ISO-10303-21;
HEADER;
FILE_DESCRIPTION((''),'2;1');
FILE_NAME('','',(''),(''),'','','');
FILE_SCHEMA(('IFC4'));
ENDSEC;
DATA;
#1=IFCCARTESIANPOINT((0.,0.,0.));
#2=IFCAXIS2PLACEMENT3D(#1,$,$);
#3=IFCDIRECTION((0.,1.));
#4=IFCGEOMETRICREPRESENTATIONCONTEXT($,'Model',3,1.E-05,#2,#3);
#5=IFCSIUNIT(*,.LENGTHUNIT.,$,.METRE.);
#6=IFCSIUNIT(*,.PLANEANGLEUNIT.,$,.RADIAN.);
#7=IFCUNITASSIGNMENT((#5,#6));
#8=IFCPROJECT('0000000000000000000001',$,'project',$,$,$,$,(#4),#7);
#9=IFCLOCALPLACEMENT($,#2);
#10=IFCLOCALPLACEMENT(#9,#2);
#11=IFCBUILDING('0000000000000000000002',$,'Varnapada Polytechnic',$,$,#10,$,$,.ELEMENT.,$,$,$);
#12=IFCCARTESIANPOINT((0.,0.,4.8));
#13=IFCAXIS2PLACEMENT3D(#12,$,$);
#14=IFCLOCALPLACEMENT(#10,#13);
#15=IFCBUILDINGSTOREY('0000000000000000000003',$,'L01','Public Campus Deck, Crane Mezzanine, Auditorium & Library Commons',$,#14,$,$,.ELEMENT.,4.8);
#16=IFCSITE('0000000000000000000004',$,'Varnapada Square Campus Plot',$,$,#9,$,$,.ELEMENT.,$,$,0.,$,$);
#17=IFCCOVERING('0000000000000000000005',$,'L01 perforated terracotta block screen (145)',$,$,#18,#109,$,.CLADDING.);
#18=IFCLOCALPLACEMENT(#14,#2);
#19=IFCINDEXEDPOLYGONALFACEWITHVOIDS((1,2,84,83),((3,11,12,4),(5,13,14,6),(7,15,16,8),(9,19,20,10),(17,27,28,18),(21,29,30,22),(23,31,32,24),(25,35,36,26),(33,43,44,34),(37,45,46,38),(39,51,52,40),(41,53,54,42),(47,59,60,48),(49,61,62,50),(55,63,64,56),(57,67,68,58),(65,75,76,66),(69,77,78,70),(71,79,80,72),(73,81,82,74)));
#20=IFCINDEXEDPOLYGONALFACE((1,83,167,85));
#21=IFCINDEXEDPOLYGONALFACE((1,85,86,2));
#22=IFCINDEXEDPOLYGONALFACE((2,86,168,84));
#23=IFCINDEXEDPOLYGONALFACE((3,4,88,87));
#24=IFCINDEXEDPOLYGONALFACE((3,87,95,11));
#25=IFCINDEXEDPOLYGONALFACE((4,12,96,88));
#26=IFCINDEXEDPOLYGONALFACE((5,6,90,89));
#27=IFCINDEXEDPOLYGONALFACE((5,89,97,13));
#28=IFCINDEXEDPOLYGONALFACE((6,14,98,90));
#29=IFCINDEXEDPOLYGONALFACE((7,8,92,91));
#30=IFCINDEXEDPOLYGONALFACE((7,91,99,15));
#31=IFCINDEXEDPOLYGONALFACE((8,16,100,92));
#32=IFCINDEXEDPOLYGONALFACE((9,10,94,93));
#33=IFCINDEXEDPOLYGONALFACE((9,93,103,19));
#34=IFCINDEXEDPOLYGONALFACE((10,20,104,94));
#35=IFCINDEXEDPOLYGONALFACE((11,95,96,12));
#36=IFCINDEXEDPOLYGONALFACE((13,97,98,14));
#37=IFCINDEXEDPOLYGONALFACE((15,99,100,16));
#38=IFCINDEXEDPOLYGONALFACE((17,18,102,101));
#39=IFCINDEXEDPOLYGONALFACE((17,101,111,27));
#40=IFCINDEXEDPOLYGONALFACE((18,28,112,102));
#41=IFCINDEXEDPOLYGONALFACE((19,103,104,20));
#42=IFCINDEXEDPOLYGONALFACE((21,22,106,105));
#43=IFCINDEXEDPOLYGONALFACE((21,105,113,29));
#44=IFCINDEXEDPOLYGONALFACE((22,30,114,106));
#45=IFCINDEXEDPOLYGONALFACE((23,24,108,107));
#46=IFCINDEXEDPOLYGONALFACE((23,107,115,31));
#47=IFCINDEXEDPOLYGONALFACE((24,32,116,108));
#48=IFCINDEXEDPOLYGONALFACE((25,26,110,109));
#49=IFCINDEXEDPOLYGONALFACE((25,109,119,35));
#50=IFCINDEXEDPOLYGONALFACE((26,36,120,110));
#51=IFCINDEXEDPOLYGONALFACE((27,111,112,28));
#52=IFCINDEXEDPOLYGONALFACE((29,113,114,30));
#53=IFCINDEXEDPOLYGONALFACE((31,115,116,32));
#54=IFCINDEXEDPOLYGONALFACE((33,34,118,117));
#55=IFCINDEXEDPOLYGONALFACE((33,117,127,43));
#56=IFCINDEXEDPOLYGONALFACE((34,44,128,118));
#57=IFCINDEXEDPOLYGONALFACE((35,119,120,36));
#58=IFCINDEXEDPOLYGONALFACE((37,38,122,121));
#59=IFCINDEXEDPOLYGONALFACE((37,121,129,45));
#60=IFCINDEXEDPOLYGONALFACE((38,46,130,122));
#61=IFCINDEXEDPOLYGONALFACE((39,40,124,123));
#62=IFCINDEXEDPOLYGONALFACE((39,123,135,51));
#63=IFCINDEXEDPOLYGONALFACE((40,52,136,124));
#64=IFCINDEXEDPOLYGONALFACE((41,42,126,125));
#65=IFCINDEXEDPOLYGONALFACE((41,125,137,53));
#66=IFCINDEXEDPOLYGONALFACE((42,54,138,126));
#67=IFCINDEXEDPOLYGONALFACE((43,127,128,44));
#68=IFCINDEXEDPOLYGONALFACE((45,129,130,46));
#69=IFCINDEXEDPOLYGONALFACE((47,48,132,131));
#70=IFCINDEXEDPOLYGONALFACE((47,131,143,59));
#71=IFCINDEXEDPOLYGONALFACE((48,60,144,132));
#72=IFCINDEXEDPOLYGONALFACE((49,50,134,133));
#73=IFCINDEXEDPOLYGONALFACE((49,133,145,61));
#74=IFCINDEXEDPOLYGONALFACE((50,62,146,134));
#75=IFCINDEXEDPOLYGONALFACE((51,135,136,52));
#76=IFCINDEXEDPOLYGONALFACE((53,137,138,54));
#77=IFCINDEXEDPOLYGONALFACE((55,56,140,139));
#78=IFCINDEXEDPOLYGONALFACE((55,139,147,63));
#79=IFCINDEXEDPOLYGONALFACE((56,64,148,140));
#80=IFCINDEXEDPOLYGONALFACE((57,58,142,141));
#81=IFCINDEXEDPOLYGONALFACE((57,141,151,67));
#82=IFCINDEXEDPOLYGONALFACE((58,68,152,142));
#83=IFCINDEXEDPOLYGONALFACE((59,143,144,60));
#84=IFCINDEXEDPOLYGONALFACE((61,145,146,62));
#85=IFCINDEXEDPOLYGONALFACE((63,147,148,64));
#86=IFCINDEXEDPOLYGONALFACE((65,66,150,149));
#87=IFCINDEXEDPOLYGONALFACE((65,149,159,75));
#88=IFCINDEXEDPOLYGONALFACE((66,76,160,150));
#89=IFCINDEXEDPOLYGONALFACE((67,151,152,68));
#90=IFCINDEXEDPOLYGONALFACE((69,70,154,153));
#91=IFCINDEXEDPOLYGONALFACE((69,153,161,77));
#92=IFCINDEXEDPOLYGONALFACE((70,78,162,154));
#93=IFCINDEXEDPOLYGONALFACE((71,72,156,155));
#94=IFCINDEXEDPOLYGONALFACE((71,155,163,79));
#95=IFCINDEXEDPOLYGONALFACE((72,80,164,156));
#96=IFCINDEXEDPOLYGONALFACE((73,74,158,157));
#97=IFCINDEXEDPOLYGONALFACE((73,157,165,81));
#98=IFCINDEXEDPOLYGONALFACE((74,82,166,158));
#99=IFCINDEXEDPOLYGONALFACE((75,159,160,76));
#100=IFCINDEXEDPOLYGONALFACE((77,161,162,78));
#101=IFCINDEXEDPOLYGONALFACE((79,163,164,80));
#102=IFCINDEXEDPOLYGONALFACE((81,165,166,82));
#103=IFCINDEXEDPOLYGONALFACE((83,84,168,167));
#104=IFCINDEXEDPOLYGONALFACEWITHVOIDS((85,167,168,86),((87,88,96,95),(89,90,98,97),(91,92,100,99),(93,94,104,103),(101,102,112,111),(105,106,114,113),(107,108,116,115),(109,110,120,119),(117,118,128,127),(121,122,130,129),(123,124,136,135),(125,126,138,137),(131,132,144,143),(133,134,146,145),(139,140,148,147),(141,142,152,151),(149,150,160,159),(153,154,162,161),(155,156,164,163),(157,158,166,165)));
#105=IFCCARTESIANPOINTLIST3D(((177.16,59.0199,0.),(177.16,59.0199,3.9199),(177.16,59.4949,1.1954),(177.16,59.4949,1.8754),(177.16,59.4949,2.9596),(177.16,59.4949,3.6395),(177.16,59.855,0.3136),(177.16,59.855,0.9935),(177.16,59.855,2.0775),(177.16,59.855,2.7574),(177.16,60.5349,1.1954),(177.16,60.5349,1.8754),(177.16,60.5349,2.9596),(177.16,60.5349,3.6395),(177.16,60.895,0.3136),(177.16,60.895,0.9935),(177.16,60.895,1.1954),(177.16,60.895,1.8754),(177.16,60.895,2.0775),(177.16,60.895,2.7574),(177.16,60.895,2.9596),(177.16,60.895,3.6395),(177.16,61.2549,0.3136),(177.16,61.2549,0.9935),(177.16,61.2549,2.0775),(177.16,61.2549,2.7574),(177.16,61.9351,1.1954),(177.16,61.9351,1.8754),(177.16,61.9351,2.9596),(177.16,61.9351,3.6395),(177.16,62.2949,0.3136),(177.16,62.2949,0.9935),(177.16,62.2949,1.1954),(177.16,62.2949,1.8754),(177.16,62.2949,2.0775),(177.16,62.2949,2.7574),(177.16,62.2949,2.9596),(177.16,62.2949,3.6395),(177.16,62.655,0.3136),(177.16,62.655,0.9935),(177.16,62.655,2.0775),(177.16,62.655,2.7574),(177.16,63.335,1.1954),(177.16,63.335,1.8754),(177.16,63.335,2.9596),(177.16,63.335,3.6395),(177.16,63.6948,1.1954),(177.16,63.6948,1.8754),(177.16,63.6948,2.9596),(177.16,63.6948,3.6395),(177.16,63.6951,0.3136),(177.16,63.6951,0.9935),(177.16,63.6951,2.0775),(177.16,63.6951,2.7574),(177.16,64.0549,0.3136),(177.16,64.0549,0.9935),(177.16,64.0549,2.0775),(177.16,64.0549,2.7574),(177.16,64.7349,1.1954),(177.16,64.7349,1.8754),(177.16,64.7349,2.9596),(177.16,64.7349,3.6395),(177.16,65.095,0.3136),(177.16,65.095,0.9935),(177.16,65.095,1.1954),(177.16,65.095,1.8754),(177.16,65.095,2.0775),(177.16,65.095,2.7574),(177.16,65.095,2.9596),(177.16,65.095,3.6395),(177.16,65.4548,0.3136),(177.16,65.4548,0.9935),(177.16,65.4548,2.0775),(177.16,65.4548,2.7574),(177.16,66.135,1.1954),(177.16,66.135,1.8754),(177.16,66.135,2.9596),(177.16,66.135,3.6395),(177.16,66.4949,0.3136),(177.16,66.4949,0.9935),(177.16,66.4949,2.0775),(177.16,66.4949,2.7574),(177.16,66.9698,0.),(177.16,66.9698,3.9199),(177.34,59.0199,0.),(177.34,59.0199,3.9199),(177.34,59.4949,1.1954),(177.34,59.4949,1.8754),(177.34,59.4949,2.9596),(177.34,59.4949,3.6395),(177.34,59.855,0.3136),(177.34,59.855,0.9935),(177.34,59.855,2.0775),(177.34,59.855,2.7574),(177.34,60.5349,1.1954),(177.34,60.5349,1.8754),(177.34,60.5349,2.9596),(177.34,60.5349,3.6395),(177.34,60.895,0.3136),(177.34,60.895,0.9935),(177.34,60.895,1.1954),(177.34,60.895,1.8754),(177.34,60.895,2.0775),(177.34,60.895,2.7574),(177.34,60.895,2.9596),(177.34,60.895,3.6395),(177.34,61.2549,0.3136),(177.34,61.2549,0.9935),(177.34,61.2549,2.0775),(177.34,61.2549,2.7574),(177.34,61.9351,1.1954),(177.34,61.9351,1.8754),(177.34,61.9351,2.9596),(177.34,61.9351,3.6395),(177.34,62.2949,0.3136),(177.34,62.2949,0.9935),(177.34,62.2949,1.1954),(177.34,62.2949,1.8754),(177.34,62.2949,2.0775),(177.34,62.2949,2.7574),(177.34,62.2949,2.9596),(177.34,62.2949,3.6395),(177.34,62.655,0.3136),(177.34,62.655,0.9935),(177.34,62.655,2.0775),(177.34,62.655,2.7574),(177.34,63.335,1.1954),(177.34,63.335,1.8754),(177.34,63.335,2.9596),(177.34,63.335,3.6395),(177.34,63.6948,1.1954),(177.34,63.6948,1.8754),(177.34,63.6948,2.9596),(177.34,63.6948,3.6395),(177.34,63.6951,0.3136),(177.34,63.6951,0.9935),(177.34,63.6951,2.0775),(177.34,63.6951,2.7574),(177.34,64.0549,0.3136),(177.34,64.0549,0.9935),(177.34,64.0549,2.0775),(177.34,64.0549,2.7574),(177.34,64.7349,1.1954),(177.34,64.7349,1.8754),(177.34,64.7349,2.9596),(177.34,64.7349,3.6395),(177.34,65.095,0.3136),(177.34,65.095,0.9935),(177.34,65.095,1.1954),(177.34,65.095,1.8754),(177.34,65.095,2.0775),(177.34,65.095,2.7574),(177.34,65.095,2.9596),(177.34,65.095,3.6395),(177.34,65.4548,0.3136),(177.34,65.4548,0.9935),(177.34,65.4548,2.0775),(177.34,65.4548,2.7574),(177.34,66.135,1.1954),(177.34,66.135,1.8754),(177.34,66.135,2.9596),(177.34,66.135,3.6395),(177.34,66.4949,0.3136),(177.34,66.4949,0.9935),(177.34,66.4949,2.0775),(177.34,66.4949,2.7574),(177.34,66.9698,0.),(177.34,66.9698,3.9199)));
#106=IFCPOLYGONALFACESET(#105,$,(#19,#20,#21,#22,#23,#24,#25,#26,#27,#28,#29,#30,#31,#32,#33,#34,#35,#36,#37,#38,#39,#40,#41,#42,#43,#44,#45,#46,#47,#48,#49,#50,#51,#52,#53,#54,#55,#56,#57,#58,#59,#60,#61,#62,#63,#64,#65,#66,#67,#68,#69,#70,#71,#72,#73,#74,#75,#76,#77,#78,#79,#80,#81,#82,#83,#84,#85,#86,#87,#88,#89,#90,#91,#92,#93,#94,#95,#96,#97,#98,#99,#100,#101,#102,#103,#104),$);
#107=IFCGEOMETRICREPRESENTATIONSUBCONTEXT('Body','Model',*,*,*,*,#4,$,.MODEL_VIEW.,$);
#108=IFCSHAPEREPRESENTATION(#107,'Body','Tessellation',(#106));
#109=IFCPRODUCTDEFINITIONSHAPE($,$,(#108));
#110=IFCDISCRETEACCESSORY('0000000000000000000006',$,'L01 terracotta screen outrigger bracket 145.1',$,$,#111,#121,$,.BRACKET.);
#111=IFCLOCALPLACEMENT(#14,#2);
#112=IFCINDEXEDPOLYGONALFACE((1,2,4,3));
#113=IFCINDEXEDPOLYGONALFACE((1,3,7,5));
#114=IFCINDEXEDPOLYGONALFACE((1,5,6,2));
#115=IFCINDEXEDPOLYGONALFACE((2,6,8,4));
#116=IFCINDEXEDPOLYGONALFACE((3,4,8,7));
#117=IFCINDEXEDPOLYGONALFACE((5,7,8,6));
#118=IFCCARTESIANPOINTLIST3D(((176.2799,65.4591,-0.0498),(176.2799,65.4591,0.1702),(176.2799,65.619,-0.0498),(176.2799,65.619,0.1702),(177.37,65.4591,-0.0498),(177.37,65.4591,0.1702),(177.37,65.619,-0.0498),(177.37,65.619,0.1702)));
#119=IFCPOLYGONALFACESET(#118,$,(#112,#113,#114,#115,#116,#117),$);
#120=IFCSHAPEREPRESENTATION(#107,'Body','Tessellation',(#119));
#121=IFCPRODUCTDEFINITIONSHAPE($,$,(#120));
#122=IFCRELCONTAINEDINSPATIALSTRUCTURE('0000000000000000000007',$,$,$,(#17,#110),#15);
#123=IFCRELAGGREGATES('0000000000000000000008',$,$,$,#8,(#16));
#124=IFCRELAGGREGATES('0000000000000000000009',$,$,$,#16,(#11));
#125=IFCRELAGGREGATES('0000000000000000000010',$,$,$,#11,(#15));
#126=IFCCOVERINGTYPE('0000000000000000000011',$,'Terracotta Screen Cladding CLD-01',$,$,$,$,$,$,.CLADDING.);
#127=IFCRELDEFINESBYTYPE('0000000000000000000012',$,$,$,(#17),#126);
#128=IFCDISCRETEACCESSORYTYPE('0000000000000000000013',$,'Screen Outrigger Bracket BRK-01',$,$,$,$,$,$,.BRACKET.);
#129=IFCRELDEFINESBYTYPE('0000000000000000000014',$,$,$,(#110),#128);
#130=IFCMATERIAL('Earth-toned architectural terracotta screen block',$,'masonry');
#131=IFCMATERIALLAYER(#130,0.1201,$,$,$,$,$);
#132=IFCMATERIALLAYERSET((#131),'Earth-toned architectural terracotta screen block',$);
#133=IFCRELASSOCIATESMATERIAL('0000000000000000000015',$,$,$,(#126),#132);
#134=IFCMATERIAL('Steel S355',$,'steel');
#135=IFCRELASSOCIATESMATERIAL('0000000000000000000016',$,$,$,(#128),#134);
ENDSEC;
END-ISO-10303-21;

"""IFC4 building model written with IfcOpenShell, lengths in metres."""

from ifc_helpers import new_model, si_unit, direction, frame, frame_2d, origin, origin_2d, place, context, subcontext, project, spatial, rectangle, extrude, material, layer, layer_set, type_object, element, save


model = new_model("IFC4")

# Units and contexts
model_context = context("Model", 3, precision=1e-05, world=origin(), true_north=direction((0.0, 1.0)))
body_context = subcontext(model_context, "Body", "Model", "MODEL_VIEW")
ifc_project = project(units=[si_unit("LENGTHUNIT", "METRE"), si_unit("PLANEANGLEUNIT", "RADIAN")], contexts=[model_context])

# Site, building, storey
site_placement = place(None, origin())
site = spatial("IfcSite", under=ifc_project, at=site_placement, Name="Varnapada Square Campus Plot", CompositionType="ELEMENT", RefElevation=0.0)
building_placement = place(site_placement, origin())
building = spatial("IfcBuilding", under=site, at=building_placement, Name="Varnapada Polytechnic", CompositionType="ELEMENT")
storey_placement = place(building_placement, frame((0.0, 0.0, 4.8)))
storey = spatial("IfcBuildingStorey", under=building, at=storey_placement, Name="L01", Description="Public Campus Deck, Crane Mezzanine, Auditorium & Library Commons", CompositionType="ELEMENT", Elevation=4.8)

# Covering, openings
ifc_material_1 = material(Name="Earth-toned architectural terracotta screen block", Category="masonry")
ifc_layer_1 = layer(ifc_material_1, 0.1201)
ifc_layer_set_1 = layer_set([ifc_layer_1], Name="Earth-toned architectural terracotta screen block")
covering_type = type_object("IfcCoveringType", Name="Terracotta Screen Cladding CLD-01", PredefinedType="CLADDING", material=ifc_layer_set_1)
covering_placement = place(storey_placement, frame((177.25, 66.97, 0.0), z_axis=(0.0, 0.0, 1.0), x_axis=(0.0, -1.0, 0.0)))
covering = element("IfcCovering", 1, at=covering_placement, inside=storey, type_object=covering_type, Name="L01 perforated terracotta block screen (145)", PredefinedType="CLADDING", context=body_context, shape_type="SweptSolid", body=[
    extrude(rectangle(XDim=7.95, YDim=0.1799, at=frame_2d((3.9751, 0.0))), origin(), (0.0, 0.0, 1.0), 3.9199),
])
opening_1_placement = place(covering_placement, frame((0.4751, 0.0, 0.3137)))
element("IfcOpeningElement", 2, at=opening_1_placement, cuts=covering, PredefinedType="OPENING", context=body_context, shape_type="SweptSolid", body=[
    extrude(rectangle(XDim=1.04, YDim=0.6799, at=frame_2d((0.52, 0.3398))), frame((0.0, 0.0999, 0.0), z_axis=(0.0, -1.0, 0.0), x_axis=(1.0, 0.0, 0.0)), (0.0, 0.0, 1.0), 0.2),
])
opening_2_placement = place(covering_placement, frame((1.875, 0.0, 0.3137)))
element("IfcOpeningElement", 3, at=opening_2_placement, cuts=covering, PredefinedType="OPENING", context=body_context, shape_type="SweptSolid", body=[
    extrude(rectangle(XDim=1.04, YDim=0.6799, at=frame_2d((0.52, 0.3398))), frame((0.0, 0.0999, 0.0), z_axis=(0.0, -1.0, 0.0), x_axis=(1.0, 0.0, 0.0)), (0.0, 0.0, 1.0), 0.2),
])
opening_3_placement = place(covering_placement, frame((3.2749, 0.0, 0.3137)))
element("IfcOpeningElement", 4, at=opening_3_placement, cuts=covering, PredefinedType="OPENING", context=body_context, shape_type="SweptSolid", body=[
    extrude(rectangle(XDim=1.04, YDim=0.6799, at=frame_2d((0.52, 0.3398))), frame((0.0, 0.0999, 0.0), z_axis=(0.0, -1.0, 0.0), x_axis=(1.0, 0.0, 0.0)), (0.0, 0.0, 1.0), 0.2),
])
opening_4_placement = place(covering_placement, frame((4.675, 0.0, 0.3137)))
element("IfcOpeningElement", 5, at=opening_4_placement, cuts=covering, PredefinedType="OPENING", context=body_context, shape_type="SweptSolid", body=[
    extrude(rectangle(XDim=1.04, YDim=0.6799, at=frame_2d((0.52, 0.3398))), frame((0.0, 0.0999, 0.0), z_axis=(0.0, -1.0, 0.0), x_axis=(1.0, 0.0, 0.0)), (0.0, 0.0, 1.0), 0.2),
])
opening_5_placement = place(covering_placement, frame((6.075, 0.0, 0.3137)))
element("IfcOpeningElement", 6, at=opening_5_placement, cuts=covering, PredefinedType="OPENING", context=body_context, shape_type="SweptSolid", body=[
    extrude(rectangle(XDim=1.04, YDim=0.6799, at=frame_2d((0.52, 0.3398))), frame((0.0, 0.0999, 0.0), z_axis=(0.0, -1.0, 0.0), x_axis=(1.0, 0.0, 0.0)), (0.0, 0.0, 1.0), 0.2),
])
opening_6_placement = place(covering_placement, frame((0.835, 0.0, 1.1956)))
element("IfcOpeningElement", 7, at=opening_6_placement, cuts=covering, PredefinedType="OPENING", context=body_context, shape_type="SweptSolid", body=[
    extrude(rectangle(XDim=1.04, YDim=0.6799, at=frame_2d((0.52, 0.3398))), frame((0.0, 0.0999, 0.0), z_axis=(0.0, -1.0, 0.0), x_axis=(1.0, 0.0, 0.0)), (0.0, 0.0, 1.0), 0.2),
])
opening_7_placement = place(covering_placement, frame((2.2351, 0.0, 1.1956)))
element("IfcOpeningElement", 8, at=opening_7_placement, cuts=covering, PredefinedType="OPENING", context=body_context, shape_type="SweptSolid", body=[
    extrude(rectangle(XDim=1.04, YDim=0.6799, at=frame_2d((0.52, 0.3398))), frame((0.0, 0.0999, 0.0), z_axis=(0.0, -1.0, 0.0), x_axis=(1.0, 0.0, 0.0)), (0.0, 0.0, 1.0), 0.2),
])
opening_8_placement = place(covering_placement, frame((3.635, 0.0, 1.1956)))
element("IfcOpeningElement", 9, at=opening_8_placement, cuts=covering, PredefinedType="OPENING", context=body_context, shape_type="SweptSolid", body=[
    extrude(rectangle(XDim=1.04, YDim=0.6799, at=frame_2d((0.52, 0.3398))), frame((0.0, 0.0999, 0.0), z_axis=(0.0, -1.0, 0.0), x_axis=(1.0, 0.0, 0.0)), (0.0, 0.0, 1.0), 0.2),
])
opening_9_placement = place(covering_placement, frame((5.0349, 0.0, 1.1956)))
element("IfcOpeningElement", 10, at=opening_9_placement, cuts=covering, PredefinedType="OPENING", context=body_context, shape_type="SweptSolid", body=[
    extrude(rectangle(XDim=1.04, YDim=0.6799, at=frame_2d((0.52, 0.3398))), frame((0.0, 0.0999, 0.0), z_axis=(0.0, -1.0, 0.0), x_axis=(1.0, 0.0, 0.0)), (0.0, 0.0, 1.0), 0.2),
])
opening_10_placement = place(covering_placement, frame((6.4351, 0.0, 1.1956)))
element("IfcOpeningElement", 11, at=opening_10_placement, cuts=covering, PredefinedType="OPENING", context=body_context, shape_type="SweptSolid", body=[
    extrude(rectangle(XDim=1.04, YDim=0.6799, at=frame_2d((0.52, 0.3398))), frame((0.0, 0.0999, 0.0), z_axis=(0.0, -1.0, 0.0), x_axis=(1.0, 0.0, 0.0)), (0.0, 0.0, 1.0), 0.2),
])
opening_11_placement = place(covering_placement, frame((0.4751, 0.0, 2.0776)))
element("IfcOpeningElement", 12, at=opening_11_placement, cuts=covering, PredefinedType="OPENING", context=body_context, shape_type="SweptSolid", body=[
    extrude(rectangle(XDim=1.04, YDim=0.6799, at=frame_2d((0.52, 0.3398))), frame((0.0, 0.0999, 0.0), z_axis=(0.0, -1.0, 0.0), x_axis=(1.0, 0.0, 0.0)), (0.0, 0.0, 1.0), 0.2),
])
opening_12_placement = place(covering_placement, frame((1.875, 0.0, 2.0776)))
element("IfcOpeningElement", 13, at=opening_12_placement, cuts=covering, PredefinedType="OPENING", context=body_context, shape_type="SweptSolid", body=[
    extrude(rectangle(XDim=1.04, YDim=0.6799, at=frame_2d((0.52, 0.3398))), frame((0.0, 0.0999, 0.0), z_axis=(0.0, -1.0, 0.0), x_axis=(1.0, 0.0, 0.0)), (0.0, 0.0, 1.0), 0.2),
])
opening_13_placement = place(covering_placement, frame((3.2749, 0.0, 2.0776)))
element("IfcOpeningElement", 14, at=opening_13_placement, cuts=covering, PredefinedType="OPENING", context=body_context, shape_type="SweptSolid", body=[
    extrude(rectangle(XDim=1.04, YDim=0.6799, at=frame_2d((0.52, 0.3398))), frame((0.0, 0.0999, 0.0), z_axis=(0.0, -1.0, 0.0), x_axis=(1.0, 0.0, 0.0)), (0.0, 0.0, 1.0), 0.2),
])
opening_14_placement = place(covering_placement, frame((4.675, 0.0, 2.0776)))
element("IfcOpeningElement", 15, at=opening_14_placement, cuts=covering, PredefinedType="OPENING", context=body_context, shape_type="SweptSolid", body=[
    extrude(rectangle(XDim=1.04, YDim=0.6799, at=frame_2d((0.52, 0.3398))), frame((0.0, 0.0999, 0.0), z_axis=(0.0, -1.0, 0.0), x_axis=(1.0, 0.0, 0.0)), (0.0, 0.0, 1.0), 0.2),
])
opening_15_placement = place(covering_placement, frame((6.075, 0.0, 2.0776)))
element("IfcOpeningElement", 16, at=opening_15_placement, cuts=covering, PredefinedType="OPENING", context=body_context, shape_type="SweptSolid", body=[
    extrude(rectangle(XDim=1.04, YDim=0.6799, at=frame_2d((0.52, 0.3398))), frame((0.0, 0.0999, 0.0), z_axis=(0.0, -1.0, 0.0), x_axis=(1.0, 0.0, 0.0)), (0.0, 0.0, 1.0), 0.2),
])
opening_16_placement = place(covering_placement, frame((0.835, 0.0, 2.9597)))
element("IfcOpeningElement", 17, at=opening_16_placement, cuts=covering, PredefinedType="OPENING", context=body_context, shape_type="SweptSolid", body=[
    extrude(rectangle(XDim=1.04, YDim=0.6799, at=frame_2d((0.52, 0.3398))), frame((0.0, 0.0999, 0.0), z_axis=(0.0, -1.0, 0.0), x_axis=(1.0, 0.0, 0.0)), (0.0, 0.0, 1.0), 0.2),
])
opening_17_placement = place(covering_placement, frame((2.2351, 0.0, 2.9597)))
element("IfcOpeningElement", 18, at=opening_17_placement, cuts=covering, PredefinedType="OPENING", context=body_context, shape_type="SweptSolid", body=[
    extrude(rectangle(XDim=1.04, YDim=0.6799, at=frame_2d((0.52, 0.3398))), frame((0.0, 0.0999, 0.0), z_axis=(0.0, -1.0, 0.0), x_axis=(1.0, 0.0, 0.0)), (0.0, 0.0, 1.0), 0.2),
])
opening_18_placement = place(covering_placement, frame((3.635, 0.0, 2.9597)))
element("IfcOpeningElement", 19, at=opening_18_placement, cuts=covering, PredefinedType="OPENING", context=body_context, shape_type="SweptSolid", body=[
    extrude(rectangle(XDim=1.04, YDim=0.6799, at=frame_2d((0.52, 0.3398))), frame((0.0, 0.0999, 0.0), z_axis=(0.0, -1.0, 0.0), x_axis=(1.0, 0.0, 0.0)), (0.0, 0.0, 1.0), 0.2),
])
opening_19_placement = place(covering_placement, frame((5.0349, 0.0, 2.9597)))
element("IfcOpeningElement", 20, at=opening_19_placement, cuts=covering, PredefinedType="OPENING", context=body_context, shape_type="SweptSolid", body=[
    extrude(rectangle(XDim=1.04, YDim=0.6799, at=frame_2d((0.52, 0.3398))), frame((0.0, 0.0999, 0.0), z_axis=(0.0, -1.0, 0.0), x_axis=(1.0, 0.0, 0.0)), (0.0, 0.0, 1.0), 0.2),
])
opening_20_placement = place(covering_placement, frame((6.4351, 0.0, 2.9597)))
element("IfcOpeningElement", 21, at=opening_20_placement, cuts=covering, PredefinedType="OPENING", context=body_context, shape_type="SweptSolid", body=[
    extrude(rectangle(XDim=1.04, YDim=0.6799, at=frame_2d((0.52, 0.3398))), frame((0.0, 0.0999, 0.0), z_axis=(0.0, -1.0, 0.0), x_axis=(1.0, 0.0, 0.0)), (0.0, 0.0, 1.0), 0.2),
])

# Discrete accessory
ifc_material_2 = material(Name="Steel S355", Category="steel")
discrete_accessory_type = type_object("IfcDiscreteAccessoryType", Name="Screen Outrigger Bracket BRK-01", PredefinedType="BRACKET", material=ifc_material_2)
discrete_accessory_placement = place(storey_placement, frame((176.825, 65.5391, -0.0498), z_axis=(0.0, 0.0, 1.0), x_axis=(0.0, -1.0, 0.0)))
element("IfcDiscreteAccessory", 22, at=discrete_accessory_placement, inside=storey, type_object=discrete_accessory_type, Name="L01 terracotta screen outrigger bracket 145.1", PredefinedType="BRACKET", context=body_context, shape_type="SweptSolid", body=[
    extrude(rectangle(XDim=0.1599, YDim=1.0901, at=origin_2d()), origin(), (0.0, 0.0, 1.0), 0.22),
])

save(model, "model.ifc")
